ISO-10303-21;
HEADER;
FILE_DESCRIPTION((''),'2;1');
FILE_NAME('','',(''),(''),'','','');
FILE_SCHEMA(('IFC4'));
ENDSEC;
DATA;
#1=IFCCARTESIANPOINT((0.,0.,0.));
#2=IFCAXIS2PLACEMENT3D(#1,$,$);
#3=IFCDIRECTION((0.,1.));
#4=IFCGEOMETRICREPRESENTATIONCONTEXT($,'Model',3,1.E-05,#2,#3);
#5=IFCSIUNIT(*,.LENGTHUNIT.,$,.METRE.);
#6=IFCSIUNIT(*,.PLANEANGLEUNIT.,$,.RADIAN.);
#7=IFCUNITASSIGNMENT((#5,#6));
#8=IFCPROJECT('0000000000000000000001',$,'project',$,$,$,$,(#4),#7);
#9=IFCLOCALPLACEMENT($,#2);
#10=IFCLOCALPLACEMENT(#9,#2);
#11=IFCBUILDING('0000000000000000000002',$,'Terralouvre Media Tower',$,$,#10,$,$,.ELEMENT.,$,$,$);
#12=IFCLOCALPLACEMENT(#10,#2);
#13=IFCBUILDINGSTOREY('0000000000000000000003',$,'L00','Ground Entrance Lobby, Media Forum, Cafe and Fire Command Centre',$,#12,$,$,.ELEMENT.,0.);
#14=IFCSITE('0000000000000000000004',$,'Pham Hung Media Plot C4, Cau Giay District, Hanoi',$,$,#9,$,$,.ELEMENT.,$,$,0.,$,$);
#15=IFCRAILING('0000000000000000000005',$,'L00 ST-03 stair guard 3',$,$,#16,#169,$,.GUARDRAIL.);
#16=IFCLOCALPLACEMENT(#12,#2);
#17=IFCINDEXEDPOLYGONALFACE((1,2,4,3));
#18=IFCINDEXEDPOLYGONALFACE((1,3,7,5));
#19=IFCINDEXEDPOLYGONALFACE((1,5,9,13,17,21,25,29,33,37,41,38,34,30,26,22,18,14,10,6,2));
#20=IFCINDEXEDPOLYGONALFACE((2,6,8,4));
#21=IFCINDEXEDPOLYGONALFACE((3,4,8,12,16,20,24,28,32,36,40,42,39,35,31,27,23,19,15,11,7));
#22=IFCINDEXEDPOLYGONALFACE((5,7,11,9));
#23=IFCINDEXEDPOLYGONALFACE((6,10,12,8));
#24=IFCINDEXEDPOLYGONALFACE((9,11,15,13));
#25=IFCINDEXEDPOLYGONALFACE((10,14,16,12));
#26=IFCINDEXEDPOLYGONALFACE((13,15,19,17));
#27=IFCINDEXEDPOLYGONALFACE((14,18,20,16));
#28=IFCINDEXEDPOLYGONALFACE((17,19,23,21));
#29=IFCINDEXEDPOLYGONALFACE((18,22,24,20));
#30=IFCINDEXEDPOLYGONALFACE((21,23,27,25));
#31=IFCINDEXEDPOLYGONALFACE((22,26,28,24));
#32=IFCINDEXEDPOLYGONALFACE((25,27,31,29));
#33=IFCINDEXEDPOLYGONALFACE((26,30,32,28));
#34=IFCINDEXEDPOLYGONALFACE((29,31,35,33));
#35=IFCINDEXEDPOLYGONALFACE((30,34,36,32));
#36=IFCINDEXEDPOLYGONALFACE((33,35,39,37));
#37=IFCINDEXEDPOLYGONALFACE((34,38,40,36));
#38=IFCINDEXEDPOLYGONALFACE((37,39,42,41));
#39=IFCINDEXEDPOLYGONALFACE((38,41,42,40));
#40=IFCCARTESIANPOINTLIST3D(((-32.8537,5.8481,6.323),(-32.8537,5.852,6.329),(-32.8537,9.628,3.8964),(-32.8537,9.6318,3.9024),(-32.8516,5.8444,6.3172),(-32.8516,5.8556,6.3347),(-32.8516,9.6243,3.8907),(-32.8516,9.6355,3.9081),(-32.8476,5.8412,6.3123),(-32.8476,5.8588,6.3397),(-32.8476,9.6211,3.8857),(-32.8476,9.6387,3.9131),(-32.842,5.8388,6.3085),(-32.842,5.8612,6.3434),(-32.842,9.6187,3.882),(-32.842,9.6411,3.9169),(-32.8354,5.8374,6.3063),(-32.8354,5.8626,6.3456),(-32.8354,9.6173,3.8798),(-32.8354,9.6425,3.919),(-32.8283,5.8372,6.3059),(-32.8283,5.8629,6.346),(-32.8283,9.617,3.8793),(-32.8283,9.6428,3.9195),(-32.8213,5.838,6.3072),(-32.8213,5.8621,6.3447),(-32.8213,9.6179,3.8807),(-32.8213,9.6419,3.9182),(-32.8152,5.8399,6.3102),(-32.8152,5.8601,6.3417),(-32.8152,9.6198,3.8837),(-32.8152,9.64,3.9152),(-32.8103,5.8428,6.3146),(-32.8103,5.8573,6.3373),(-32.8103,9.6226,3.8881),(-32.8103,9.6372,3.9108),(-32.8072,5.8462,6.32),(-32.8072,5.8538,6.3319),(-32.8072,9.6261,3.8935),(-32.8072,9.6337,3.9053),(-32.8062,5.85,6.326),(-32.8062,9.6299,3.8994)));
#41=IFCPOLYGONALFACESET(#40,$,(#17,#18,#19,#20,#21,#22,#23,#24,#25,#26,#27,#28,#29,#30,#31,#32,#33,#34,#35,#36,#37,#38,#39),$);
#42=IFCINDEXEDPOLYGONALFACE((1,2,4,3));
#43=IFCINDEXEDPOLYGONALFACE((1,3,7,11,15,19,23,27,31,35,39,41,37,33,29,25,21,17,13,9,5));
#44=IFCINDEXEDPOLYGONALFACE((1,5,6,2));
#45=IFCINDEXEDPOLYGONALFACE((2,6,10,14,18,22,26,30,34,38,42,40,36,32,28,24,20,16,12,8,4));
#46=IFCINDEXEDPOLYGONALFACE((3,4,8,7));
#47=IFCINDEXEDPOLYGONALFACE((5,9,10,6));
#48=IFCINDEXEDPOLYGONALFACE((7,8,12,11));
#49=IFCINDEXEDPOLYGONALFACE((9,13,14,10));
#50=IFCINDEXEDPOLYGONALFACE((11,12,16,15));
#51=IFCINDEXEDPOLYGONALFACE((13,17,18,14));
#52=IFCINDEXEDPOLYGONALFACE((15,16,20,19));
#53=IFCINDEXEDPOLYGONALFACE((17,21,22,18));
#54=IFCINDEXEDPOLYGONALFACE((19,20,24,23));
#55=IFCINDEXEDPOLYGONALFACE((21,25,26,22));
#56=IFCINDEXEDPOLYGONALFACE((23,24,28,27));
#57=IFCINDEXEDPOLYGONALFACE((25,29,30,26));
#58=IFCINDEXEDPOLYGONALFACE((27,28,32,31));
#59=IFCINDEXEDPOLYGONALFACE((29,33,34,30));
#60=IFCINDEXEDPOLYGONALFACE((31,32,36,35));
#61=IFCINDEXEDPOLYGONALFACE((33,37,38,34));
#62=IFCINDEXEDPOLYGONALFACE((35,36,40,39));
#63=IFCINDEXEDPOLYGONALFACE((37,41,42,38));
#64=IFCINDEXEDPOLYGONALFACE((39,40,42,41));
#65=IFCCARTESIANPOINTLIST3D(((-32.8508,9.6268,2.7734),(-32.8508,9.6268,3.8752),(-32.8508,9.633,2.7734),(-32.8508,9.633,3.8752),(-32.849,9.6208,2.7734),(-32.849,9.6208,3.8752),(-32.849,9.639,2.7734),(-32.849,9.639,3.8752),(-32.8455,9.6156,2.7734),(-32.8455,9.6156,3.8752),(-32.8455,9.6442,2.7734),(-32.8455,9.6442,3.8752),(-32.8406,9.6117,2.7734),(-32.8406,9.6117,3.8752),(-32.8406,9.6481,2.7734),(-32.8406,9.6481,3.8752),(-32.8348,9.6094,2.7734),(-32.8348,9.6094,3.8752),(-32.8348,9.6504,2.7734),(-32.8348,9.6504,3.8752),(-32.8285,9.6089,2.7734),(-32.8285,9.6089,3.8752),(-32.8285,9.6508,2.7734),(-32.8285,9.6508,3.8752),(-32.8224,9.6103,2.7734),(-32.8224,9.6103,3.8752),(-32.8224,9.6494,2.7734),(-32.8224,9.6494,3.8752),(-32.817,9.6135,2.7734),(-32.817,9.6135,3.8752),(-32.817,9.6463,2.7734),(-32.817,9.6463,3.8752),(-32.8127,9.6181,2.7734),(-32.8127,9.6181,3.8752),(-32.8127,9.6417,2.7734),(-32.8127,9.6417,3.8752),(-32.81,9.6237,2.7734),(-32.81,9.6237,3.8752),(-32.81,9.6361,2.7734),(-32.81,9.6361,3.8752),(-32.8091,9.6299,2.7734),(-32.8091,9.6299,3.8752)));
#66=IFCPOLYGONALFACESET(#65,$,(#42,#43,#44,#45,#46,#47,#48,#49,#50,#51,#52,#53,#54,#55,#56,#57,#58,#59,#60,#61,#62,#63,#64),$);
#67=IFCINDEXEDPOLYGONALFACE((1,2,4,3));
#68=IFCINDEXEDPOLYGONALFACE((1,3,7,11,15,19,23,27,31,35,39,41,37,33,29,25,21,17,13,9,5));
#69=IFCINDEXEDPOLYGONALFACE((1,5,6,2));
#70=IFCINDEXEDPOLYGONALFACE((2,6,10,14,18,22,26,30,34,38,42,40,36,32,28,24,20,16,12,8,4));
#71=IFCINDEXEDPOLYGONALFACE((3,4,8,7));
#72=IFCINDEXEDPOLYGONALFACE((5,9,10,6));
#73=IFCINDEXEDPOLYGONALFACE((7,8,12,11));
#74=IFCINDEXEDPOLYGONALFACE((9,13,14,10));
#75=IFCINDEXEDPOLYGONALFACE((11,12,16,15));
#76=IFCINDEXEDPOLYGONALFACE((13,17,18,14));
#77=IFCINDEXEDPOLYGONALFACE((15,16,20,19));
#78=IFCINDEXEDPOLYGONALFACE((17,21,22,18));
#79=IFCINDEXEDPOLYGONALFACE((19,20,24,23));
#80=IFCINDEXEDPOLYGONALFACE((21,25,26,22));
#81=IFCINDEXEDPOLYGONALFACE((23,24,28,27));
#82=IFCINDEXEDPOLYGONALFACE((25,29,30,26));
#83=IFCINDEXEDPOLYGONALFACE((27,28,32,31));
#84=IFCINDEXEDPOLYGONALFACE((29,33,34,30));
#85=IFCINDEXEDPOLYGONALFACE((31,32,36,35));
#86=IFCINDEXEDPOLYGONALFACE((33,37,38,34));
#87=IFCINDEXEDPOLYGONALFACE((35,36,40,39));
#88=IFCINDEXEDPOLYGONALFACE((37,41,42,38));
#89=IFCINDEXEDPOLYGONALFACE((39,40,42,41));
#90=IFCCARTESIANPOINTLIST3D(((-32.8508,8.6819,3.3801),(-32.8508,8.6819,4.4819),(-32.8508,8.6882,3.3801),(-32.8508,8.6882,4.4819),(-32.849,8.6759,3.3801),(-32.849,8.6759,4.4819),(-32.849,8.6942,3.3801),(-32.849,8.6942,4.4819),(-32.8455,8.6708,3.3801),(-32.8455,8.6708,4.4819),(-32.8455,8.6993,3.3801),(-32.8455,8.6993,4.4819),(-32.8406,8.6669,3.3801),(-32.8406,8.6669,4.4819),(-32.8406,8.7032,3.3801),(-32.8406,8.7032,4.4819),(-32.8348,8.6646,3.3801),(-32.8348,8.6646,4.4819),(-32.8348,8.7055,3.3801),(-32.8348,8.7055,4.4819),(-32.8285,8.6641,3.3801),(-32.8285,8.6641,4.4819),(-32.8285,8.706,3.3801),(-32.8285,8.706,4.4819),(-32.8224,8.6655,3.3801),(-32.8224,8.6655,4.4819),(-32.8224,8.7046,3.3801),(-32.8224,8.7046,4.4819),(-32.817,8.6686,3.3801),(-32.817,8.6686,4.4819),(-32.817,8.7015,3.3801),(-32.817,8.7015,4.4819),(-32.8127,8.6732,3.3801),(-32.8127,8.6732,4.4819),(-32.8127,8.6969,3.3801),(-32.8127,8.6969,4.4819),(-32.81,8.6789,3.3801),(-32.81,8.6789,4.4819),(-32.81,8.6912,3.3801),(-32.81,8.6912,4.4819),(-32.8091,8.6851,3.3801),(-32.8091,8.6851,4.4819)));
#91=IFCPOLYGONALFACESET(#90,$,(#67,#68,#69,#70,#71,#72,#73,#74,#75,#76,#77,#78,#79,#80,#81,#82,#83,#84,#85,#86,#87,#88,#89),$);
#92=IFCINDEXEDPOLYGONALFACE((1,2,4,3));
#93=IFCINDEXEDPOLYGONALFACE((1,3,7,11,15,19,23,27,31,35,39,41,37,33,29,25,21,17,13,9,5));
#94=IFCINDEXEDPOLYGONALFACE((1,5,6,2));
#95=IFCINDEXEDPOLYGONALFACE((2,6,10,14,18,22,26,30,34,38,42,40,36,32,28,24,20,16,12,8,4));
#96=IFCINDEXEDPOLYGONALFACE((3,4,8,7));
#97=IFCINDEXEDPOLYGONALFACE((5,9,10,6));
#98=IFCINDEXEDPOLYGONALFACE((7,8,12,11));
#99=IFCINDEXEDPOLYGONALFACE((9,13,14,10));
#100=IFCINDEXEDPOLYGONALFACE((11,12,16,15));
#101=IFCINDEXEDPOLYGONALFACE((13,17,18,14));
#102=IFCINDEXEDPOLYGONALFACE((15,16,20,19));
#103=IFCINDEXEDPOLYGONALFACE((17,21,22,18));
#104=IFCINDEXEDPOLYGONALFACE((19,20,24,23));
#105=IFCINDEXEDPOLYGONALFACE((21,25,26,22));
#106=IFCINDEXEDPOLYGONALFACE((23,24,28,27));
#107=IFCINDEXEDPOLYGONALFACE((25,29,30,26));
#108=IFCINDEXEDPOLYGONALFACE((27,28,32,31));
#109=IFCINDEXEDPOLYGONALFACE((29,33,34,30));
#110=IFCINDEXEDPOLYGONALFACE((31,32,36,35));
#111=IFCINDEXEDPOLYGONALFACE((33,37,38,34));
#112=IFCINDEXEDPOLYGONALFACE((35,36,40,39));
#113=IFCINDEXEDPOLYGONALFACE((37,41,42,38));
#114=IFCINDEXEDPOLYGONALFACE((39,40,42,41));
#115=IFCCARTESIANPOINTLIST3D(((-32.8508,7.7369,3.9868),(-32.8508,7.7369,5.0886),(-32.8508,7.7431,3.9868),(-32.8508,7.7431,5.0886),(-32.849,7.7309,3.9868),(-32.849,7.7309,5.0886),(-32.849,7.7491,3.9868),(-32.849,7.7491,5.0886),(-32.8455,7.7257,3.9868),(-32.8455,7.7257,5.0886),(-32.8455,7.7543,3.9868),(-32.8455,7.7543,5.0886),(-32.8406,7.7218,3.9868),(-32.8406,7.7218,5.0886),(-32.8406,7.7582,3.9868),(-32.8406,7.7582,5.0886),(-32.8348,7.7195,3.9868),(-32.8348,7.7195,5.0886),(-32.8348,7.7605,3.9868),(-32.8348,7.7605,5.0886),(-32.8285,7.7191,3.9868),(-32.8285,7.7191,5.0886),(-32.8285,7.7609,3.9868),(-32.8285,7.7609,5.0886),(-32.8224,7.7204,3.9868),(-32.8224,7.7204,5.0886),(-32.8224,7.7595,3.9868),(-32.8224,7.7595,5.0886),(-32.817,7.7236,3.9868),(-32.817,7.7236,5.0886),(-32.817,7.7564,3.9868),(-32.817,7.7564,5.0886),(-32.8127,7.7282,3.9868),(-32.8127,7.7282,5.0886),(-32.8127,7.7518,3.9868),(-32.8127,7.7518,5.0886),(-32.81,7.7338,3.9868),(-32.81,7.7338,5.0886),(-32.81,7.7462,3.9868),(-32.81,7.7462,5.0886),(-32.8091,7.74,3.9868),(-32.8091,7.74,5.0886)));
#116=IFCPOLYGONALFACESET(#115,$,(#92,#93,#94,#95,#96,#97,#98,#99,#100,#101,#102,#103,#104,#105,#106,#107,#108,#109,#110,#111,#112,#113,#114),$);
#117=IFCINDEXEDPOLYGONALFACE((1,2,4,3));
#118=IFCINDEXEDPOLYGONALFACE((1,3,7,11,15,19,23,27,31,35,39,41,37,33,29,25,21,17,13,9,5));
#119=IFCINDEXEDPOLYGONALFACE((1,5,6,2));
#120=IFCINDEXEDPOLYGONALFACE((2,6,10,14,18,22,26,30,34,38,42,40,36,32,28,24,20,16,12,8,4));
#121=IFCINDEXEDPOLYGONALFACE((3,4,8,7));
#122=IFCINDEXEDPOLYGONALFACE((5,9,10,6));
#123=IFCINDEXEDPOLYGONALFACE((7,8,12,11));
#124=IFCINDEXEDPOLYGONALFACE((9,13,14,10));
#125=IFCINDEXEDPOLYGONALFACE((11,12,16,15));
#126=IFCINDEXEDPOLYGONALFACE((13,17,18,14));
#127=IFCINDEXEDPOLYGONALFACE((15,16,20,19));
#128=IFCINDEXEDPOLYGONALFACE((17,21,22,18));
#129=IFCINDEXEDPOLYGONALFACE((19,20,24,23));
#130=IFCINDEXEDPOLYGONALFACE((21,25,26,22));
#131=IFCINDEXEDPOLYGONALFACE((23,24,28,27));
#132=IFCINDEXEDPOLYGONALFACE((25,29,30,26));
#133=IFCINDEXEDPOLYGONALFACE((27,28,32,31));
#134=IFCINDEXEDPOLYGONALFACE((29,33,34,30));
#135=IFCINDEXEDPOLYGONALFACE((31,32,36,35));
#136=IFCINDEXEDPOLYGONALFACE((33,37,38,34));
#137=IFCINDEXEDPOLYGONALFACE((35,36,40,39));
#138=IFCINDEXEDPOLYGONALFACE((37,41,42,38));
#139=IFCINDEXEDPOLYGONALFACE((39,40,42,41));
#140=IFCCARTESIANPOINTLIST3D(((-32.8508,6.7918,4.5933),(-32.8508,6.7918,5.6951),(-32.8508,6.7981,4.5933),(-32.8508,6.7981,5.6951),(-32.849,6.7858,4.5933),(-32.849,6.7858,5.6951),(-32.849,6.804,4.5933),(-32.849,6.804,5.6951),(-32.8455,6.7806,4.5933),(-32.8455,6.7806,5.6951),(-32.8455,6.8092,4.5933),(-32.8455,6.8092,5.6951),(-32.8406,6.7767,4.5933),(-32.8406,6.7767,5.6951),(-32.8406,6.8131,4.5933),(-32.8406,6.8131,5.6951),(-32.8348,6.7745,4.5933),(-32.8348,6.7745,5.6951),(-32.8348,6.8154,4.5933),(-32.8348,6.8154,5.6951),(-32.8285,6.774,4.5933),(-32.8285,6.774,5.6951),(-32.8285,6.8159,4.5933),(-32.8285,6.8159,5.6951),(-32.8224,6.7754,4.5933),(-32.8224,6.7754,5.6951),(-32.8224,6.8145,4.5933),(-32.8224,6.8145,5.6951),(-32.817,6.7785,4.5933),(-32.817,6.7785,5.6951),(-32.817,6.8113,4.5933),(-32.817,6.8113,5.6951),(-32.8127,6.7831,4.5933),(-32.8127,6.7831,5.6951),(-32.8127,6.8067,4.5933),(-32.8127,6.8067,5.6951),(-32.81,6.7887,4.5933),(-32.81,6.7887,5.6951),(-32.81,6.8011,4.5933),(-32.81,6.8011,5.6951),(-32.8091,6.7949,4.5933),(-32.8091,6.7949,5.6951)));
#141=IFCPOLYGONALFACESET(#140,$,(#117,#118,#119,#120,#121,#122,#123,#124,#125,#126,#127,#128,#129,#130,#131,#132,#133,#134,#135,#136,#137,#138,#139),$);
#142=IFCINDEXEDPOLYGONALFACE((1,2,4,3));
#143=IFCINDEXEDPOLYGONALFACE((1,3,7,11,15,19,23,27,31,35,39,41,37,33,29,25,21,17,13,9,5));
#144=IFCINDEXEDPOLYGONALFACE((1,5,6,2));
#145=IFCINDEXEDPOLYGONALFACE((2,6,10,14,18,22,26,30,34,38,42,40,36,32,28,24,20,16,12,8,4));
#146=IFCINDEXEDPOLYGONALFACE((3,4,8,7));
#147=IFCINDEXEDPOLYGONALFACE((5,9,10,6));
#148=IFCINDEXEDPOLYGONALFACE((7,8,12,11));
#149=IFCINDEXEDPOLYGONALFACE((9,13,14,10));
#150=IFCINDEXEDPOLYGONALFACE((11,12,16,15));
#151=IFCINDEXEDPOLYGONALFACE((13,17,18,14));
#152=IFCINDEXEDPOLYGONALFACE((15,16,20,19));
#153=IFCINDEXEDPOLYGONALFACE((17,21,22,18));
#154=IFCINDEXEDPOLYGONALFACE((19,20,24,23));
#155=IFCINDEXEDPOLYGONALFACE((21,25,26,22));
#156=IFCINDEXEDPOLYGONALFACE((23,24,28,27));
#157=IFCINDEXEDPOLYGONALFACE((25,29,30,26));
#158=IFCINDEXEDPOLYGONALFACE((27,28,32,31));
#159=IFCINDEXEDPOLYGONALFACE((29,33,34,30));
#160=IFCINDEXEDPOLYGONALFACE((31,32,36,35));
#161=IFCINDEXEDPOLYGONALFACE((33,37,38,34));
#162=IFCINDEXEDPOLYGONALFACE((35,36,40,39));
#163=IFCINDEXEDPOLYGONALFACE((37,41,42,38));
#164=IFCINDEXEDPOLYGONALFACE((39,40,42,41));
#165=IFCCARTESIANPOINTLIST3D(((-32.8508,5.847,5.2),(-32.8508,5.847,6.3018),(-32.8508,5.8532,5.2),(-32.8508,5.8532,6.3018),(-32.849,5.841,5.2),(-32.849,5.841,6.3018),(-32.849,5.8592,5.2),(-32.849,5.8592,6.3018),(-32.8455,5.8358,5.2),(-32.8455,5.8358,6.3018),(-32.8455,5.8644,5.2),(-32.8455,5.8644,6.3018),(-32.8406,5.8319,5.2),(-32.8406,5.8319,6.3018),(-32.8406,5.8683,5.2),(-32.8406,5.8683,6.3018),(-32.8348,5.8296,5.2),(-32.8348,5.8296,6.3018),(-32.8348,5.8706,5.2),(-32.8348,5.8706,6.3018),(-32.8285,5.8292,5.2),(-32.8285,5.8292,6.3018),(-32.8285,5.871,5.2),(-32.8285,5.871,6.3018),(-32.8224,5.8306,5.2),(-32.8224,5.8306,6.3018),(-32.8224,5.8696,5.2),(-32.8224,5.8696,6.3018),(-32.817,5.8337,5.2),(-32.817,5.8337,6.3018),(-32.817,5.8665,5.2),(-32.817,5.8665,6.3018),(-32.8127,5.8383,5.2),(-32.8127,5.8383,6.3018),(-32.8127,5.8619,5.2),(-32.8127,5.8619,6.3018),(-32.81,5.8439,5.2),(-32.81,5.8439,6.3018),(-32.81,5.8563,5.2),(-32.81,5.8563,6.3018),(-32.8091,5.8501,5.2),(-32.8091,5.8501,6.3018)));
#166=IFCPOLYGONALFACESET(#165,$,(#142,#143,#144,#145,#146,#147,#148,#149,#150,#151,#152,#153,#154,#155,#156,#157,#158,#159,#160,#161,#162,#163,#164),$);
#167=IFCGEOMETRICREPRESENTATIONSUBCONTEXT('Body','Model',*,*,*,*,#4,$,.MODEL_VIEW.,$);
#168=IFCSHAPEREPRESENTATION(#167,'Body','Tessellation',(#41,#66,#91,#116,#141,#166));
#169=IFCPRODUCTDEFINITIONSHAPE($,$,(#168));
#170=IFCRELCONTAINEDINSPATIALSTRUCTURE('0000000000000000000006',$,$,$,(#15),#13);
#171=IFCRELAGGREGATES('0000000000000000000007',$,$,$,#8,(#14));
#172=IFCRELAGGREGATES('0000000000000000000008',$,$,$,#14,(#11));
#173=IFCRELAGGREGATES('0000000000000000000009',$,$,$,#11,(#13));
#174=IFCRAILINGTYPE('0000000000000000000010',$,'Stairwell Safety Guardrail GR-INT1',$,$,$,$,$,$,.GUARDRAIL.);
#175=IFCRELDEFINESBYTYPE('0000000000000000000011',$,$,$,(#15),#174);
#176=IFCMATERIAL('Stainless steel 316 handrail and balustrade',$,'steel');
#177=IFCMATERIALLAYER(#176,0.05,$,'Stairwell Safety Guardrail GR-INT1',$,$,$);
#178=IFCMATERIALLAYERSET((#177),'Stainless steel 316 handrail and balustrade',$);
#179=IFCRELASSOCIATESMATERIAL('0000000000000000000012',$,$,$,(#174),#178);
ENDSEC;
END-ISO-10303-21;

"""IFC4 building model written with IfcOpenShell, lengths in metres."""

from ifc_helpers import new_model, si_unit, direction, frame, origin, origin_2d, place, context, subcontext, project, spatial, circle, extrude, material, layer, layer_set, type_object, element, save


model = new_model("IFC4")

# Units and contexts
model_context = context("Model", 3, precision=1e-05, world=origin(), true_north=direction((0.0, 1.0)))
body_context = subcontext(model_context, "Body", "Model", "MODEL_VIEW")
ifc_project = project(units=[si_unit("LENGTHUNIT", "METRE"), si_unit("PLANEANGLEUNIT", "RADIAN")], contexts=[model_context])

# Site, building, storey
site_placement = place(None, origin())
site = spatial("IfcSite", under=ifc_project, at=site_placement, Name="Pham Hung Media Plot C4, Cau Giay District, Hanoi", CompositionType="ELEMENT", RefElevation=0.0)
building_placement = place(site_placement, origin())
building = spatial("IfcBuilding", under=site, at=building_placement, Name="Terralouvre Media Tower", CompositionType="ELEMENT")
storey_placement = place(building_placement, origin())
storey = spatial("IfcBuildingStorey", under=building, at=storey_placement, Name="L00", Description="Ground Entrance Lobby, Media Forum, Cafe and Fire Command Centre", CompositionType="ELEMENT", Elevation=0.0)

# Railing
ifc_material_1 = material(Name="Stainless steel 316 handrail and balustrade", Category="steel")
ifc_layer_1 = layer(ifc_material_1, 0.05, Name="Stairwell Safety Guardrail GR-INT1")
ifc_layer_set_1 = layer_set([ifc_layer_1], Name="Stainless steel 316 handrail and balustrade")
railing_type_1 = type_object("IfcRailingType", Name="Stairwell Safety Guardrail GR-INT1", PredefinedType="GUARDRAIL", material=ifc_layer_set_1)
railing_1_placement = place(storey_placement, frame((-32.8301, 9.6299, 2.7734)))
element("IfcRailing", 1, at=railing_1_placement, inside=storey, type_object=railing_type_1, Name="L00 ST-03 stair guard 3", PredefinedType="GUARDRAIL", context=body_context, shape_type="SweptSolid", body=[
    extrude(circle(Radius=0.0239, at=origin_2d()), frame((0.0, 0.0, 1.126), z_axis=(0.0, -0.841517, 0.54023), x_axis=(1.0, 0.0, 0.0)), (0.0, 0.0, 1.0), 4.4917),
    extrude(circle(Radius=0.021, at=origin_2d()), origin(), (0.0, 0.0, 1.0), 1.1018),
    extrude(circle(Radius=0.021, at=origin_2d()), frame((0.0, -0.9448, 0.6067)), (0.0, 0.0, 1.0), 1.1018),
    extrude(circle(Radius=0.021, at=origin_2d()), frame((0.0, -1.8899, 1.2134)), (0.0, 0.0, 1.0), 1.1018),
    extrude(circle(Radius=0.021, at=origin_2d()), frame((0.0, -2.835, 1.8198)), (0.0, 0.0, 1.0), 1.1018),
    extrude(circle(Radius=0.021, at=origin_2d()), frame((0.0, -3.7798, 2.4265)), (0.0, 0.0, 1.0), 1.1018),
])

save(model, "model.ifc")
